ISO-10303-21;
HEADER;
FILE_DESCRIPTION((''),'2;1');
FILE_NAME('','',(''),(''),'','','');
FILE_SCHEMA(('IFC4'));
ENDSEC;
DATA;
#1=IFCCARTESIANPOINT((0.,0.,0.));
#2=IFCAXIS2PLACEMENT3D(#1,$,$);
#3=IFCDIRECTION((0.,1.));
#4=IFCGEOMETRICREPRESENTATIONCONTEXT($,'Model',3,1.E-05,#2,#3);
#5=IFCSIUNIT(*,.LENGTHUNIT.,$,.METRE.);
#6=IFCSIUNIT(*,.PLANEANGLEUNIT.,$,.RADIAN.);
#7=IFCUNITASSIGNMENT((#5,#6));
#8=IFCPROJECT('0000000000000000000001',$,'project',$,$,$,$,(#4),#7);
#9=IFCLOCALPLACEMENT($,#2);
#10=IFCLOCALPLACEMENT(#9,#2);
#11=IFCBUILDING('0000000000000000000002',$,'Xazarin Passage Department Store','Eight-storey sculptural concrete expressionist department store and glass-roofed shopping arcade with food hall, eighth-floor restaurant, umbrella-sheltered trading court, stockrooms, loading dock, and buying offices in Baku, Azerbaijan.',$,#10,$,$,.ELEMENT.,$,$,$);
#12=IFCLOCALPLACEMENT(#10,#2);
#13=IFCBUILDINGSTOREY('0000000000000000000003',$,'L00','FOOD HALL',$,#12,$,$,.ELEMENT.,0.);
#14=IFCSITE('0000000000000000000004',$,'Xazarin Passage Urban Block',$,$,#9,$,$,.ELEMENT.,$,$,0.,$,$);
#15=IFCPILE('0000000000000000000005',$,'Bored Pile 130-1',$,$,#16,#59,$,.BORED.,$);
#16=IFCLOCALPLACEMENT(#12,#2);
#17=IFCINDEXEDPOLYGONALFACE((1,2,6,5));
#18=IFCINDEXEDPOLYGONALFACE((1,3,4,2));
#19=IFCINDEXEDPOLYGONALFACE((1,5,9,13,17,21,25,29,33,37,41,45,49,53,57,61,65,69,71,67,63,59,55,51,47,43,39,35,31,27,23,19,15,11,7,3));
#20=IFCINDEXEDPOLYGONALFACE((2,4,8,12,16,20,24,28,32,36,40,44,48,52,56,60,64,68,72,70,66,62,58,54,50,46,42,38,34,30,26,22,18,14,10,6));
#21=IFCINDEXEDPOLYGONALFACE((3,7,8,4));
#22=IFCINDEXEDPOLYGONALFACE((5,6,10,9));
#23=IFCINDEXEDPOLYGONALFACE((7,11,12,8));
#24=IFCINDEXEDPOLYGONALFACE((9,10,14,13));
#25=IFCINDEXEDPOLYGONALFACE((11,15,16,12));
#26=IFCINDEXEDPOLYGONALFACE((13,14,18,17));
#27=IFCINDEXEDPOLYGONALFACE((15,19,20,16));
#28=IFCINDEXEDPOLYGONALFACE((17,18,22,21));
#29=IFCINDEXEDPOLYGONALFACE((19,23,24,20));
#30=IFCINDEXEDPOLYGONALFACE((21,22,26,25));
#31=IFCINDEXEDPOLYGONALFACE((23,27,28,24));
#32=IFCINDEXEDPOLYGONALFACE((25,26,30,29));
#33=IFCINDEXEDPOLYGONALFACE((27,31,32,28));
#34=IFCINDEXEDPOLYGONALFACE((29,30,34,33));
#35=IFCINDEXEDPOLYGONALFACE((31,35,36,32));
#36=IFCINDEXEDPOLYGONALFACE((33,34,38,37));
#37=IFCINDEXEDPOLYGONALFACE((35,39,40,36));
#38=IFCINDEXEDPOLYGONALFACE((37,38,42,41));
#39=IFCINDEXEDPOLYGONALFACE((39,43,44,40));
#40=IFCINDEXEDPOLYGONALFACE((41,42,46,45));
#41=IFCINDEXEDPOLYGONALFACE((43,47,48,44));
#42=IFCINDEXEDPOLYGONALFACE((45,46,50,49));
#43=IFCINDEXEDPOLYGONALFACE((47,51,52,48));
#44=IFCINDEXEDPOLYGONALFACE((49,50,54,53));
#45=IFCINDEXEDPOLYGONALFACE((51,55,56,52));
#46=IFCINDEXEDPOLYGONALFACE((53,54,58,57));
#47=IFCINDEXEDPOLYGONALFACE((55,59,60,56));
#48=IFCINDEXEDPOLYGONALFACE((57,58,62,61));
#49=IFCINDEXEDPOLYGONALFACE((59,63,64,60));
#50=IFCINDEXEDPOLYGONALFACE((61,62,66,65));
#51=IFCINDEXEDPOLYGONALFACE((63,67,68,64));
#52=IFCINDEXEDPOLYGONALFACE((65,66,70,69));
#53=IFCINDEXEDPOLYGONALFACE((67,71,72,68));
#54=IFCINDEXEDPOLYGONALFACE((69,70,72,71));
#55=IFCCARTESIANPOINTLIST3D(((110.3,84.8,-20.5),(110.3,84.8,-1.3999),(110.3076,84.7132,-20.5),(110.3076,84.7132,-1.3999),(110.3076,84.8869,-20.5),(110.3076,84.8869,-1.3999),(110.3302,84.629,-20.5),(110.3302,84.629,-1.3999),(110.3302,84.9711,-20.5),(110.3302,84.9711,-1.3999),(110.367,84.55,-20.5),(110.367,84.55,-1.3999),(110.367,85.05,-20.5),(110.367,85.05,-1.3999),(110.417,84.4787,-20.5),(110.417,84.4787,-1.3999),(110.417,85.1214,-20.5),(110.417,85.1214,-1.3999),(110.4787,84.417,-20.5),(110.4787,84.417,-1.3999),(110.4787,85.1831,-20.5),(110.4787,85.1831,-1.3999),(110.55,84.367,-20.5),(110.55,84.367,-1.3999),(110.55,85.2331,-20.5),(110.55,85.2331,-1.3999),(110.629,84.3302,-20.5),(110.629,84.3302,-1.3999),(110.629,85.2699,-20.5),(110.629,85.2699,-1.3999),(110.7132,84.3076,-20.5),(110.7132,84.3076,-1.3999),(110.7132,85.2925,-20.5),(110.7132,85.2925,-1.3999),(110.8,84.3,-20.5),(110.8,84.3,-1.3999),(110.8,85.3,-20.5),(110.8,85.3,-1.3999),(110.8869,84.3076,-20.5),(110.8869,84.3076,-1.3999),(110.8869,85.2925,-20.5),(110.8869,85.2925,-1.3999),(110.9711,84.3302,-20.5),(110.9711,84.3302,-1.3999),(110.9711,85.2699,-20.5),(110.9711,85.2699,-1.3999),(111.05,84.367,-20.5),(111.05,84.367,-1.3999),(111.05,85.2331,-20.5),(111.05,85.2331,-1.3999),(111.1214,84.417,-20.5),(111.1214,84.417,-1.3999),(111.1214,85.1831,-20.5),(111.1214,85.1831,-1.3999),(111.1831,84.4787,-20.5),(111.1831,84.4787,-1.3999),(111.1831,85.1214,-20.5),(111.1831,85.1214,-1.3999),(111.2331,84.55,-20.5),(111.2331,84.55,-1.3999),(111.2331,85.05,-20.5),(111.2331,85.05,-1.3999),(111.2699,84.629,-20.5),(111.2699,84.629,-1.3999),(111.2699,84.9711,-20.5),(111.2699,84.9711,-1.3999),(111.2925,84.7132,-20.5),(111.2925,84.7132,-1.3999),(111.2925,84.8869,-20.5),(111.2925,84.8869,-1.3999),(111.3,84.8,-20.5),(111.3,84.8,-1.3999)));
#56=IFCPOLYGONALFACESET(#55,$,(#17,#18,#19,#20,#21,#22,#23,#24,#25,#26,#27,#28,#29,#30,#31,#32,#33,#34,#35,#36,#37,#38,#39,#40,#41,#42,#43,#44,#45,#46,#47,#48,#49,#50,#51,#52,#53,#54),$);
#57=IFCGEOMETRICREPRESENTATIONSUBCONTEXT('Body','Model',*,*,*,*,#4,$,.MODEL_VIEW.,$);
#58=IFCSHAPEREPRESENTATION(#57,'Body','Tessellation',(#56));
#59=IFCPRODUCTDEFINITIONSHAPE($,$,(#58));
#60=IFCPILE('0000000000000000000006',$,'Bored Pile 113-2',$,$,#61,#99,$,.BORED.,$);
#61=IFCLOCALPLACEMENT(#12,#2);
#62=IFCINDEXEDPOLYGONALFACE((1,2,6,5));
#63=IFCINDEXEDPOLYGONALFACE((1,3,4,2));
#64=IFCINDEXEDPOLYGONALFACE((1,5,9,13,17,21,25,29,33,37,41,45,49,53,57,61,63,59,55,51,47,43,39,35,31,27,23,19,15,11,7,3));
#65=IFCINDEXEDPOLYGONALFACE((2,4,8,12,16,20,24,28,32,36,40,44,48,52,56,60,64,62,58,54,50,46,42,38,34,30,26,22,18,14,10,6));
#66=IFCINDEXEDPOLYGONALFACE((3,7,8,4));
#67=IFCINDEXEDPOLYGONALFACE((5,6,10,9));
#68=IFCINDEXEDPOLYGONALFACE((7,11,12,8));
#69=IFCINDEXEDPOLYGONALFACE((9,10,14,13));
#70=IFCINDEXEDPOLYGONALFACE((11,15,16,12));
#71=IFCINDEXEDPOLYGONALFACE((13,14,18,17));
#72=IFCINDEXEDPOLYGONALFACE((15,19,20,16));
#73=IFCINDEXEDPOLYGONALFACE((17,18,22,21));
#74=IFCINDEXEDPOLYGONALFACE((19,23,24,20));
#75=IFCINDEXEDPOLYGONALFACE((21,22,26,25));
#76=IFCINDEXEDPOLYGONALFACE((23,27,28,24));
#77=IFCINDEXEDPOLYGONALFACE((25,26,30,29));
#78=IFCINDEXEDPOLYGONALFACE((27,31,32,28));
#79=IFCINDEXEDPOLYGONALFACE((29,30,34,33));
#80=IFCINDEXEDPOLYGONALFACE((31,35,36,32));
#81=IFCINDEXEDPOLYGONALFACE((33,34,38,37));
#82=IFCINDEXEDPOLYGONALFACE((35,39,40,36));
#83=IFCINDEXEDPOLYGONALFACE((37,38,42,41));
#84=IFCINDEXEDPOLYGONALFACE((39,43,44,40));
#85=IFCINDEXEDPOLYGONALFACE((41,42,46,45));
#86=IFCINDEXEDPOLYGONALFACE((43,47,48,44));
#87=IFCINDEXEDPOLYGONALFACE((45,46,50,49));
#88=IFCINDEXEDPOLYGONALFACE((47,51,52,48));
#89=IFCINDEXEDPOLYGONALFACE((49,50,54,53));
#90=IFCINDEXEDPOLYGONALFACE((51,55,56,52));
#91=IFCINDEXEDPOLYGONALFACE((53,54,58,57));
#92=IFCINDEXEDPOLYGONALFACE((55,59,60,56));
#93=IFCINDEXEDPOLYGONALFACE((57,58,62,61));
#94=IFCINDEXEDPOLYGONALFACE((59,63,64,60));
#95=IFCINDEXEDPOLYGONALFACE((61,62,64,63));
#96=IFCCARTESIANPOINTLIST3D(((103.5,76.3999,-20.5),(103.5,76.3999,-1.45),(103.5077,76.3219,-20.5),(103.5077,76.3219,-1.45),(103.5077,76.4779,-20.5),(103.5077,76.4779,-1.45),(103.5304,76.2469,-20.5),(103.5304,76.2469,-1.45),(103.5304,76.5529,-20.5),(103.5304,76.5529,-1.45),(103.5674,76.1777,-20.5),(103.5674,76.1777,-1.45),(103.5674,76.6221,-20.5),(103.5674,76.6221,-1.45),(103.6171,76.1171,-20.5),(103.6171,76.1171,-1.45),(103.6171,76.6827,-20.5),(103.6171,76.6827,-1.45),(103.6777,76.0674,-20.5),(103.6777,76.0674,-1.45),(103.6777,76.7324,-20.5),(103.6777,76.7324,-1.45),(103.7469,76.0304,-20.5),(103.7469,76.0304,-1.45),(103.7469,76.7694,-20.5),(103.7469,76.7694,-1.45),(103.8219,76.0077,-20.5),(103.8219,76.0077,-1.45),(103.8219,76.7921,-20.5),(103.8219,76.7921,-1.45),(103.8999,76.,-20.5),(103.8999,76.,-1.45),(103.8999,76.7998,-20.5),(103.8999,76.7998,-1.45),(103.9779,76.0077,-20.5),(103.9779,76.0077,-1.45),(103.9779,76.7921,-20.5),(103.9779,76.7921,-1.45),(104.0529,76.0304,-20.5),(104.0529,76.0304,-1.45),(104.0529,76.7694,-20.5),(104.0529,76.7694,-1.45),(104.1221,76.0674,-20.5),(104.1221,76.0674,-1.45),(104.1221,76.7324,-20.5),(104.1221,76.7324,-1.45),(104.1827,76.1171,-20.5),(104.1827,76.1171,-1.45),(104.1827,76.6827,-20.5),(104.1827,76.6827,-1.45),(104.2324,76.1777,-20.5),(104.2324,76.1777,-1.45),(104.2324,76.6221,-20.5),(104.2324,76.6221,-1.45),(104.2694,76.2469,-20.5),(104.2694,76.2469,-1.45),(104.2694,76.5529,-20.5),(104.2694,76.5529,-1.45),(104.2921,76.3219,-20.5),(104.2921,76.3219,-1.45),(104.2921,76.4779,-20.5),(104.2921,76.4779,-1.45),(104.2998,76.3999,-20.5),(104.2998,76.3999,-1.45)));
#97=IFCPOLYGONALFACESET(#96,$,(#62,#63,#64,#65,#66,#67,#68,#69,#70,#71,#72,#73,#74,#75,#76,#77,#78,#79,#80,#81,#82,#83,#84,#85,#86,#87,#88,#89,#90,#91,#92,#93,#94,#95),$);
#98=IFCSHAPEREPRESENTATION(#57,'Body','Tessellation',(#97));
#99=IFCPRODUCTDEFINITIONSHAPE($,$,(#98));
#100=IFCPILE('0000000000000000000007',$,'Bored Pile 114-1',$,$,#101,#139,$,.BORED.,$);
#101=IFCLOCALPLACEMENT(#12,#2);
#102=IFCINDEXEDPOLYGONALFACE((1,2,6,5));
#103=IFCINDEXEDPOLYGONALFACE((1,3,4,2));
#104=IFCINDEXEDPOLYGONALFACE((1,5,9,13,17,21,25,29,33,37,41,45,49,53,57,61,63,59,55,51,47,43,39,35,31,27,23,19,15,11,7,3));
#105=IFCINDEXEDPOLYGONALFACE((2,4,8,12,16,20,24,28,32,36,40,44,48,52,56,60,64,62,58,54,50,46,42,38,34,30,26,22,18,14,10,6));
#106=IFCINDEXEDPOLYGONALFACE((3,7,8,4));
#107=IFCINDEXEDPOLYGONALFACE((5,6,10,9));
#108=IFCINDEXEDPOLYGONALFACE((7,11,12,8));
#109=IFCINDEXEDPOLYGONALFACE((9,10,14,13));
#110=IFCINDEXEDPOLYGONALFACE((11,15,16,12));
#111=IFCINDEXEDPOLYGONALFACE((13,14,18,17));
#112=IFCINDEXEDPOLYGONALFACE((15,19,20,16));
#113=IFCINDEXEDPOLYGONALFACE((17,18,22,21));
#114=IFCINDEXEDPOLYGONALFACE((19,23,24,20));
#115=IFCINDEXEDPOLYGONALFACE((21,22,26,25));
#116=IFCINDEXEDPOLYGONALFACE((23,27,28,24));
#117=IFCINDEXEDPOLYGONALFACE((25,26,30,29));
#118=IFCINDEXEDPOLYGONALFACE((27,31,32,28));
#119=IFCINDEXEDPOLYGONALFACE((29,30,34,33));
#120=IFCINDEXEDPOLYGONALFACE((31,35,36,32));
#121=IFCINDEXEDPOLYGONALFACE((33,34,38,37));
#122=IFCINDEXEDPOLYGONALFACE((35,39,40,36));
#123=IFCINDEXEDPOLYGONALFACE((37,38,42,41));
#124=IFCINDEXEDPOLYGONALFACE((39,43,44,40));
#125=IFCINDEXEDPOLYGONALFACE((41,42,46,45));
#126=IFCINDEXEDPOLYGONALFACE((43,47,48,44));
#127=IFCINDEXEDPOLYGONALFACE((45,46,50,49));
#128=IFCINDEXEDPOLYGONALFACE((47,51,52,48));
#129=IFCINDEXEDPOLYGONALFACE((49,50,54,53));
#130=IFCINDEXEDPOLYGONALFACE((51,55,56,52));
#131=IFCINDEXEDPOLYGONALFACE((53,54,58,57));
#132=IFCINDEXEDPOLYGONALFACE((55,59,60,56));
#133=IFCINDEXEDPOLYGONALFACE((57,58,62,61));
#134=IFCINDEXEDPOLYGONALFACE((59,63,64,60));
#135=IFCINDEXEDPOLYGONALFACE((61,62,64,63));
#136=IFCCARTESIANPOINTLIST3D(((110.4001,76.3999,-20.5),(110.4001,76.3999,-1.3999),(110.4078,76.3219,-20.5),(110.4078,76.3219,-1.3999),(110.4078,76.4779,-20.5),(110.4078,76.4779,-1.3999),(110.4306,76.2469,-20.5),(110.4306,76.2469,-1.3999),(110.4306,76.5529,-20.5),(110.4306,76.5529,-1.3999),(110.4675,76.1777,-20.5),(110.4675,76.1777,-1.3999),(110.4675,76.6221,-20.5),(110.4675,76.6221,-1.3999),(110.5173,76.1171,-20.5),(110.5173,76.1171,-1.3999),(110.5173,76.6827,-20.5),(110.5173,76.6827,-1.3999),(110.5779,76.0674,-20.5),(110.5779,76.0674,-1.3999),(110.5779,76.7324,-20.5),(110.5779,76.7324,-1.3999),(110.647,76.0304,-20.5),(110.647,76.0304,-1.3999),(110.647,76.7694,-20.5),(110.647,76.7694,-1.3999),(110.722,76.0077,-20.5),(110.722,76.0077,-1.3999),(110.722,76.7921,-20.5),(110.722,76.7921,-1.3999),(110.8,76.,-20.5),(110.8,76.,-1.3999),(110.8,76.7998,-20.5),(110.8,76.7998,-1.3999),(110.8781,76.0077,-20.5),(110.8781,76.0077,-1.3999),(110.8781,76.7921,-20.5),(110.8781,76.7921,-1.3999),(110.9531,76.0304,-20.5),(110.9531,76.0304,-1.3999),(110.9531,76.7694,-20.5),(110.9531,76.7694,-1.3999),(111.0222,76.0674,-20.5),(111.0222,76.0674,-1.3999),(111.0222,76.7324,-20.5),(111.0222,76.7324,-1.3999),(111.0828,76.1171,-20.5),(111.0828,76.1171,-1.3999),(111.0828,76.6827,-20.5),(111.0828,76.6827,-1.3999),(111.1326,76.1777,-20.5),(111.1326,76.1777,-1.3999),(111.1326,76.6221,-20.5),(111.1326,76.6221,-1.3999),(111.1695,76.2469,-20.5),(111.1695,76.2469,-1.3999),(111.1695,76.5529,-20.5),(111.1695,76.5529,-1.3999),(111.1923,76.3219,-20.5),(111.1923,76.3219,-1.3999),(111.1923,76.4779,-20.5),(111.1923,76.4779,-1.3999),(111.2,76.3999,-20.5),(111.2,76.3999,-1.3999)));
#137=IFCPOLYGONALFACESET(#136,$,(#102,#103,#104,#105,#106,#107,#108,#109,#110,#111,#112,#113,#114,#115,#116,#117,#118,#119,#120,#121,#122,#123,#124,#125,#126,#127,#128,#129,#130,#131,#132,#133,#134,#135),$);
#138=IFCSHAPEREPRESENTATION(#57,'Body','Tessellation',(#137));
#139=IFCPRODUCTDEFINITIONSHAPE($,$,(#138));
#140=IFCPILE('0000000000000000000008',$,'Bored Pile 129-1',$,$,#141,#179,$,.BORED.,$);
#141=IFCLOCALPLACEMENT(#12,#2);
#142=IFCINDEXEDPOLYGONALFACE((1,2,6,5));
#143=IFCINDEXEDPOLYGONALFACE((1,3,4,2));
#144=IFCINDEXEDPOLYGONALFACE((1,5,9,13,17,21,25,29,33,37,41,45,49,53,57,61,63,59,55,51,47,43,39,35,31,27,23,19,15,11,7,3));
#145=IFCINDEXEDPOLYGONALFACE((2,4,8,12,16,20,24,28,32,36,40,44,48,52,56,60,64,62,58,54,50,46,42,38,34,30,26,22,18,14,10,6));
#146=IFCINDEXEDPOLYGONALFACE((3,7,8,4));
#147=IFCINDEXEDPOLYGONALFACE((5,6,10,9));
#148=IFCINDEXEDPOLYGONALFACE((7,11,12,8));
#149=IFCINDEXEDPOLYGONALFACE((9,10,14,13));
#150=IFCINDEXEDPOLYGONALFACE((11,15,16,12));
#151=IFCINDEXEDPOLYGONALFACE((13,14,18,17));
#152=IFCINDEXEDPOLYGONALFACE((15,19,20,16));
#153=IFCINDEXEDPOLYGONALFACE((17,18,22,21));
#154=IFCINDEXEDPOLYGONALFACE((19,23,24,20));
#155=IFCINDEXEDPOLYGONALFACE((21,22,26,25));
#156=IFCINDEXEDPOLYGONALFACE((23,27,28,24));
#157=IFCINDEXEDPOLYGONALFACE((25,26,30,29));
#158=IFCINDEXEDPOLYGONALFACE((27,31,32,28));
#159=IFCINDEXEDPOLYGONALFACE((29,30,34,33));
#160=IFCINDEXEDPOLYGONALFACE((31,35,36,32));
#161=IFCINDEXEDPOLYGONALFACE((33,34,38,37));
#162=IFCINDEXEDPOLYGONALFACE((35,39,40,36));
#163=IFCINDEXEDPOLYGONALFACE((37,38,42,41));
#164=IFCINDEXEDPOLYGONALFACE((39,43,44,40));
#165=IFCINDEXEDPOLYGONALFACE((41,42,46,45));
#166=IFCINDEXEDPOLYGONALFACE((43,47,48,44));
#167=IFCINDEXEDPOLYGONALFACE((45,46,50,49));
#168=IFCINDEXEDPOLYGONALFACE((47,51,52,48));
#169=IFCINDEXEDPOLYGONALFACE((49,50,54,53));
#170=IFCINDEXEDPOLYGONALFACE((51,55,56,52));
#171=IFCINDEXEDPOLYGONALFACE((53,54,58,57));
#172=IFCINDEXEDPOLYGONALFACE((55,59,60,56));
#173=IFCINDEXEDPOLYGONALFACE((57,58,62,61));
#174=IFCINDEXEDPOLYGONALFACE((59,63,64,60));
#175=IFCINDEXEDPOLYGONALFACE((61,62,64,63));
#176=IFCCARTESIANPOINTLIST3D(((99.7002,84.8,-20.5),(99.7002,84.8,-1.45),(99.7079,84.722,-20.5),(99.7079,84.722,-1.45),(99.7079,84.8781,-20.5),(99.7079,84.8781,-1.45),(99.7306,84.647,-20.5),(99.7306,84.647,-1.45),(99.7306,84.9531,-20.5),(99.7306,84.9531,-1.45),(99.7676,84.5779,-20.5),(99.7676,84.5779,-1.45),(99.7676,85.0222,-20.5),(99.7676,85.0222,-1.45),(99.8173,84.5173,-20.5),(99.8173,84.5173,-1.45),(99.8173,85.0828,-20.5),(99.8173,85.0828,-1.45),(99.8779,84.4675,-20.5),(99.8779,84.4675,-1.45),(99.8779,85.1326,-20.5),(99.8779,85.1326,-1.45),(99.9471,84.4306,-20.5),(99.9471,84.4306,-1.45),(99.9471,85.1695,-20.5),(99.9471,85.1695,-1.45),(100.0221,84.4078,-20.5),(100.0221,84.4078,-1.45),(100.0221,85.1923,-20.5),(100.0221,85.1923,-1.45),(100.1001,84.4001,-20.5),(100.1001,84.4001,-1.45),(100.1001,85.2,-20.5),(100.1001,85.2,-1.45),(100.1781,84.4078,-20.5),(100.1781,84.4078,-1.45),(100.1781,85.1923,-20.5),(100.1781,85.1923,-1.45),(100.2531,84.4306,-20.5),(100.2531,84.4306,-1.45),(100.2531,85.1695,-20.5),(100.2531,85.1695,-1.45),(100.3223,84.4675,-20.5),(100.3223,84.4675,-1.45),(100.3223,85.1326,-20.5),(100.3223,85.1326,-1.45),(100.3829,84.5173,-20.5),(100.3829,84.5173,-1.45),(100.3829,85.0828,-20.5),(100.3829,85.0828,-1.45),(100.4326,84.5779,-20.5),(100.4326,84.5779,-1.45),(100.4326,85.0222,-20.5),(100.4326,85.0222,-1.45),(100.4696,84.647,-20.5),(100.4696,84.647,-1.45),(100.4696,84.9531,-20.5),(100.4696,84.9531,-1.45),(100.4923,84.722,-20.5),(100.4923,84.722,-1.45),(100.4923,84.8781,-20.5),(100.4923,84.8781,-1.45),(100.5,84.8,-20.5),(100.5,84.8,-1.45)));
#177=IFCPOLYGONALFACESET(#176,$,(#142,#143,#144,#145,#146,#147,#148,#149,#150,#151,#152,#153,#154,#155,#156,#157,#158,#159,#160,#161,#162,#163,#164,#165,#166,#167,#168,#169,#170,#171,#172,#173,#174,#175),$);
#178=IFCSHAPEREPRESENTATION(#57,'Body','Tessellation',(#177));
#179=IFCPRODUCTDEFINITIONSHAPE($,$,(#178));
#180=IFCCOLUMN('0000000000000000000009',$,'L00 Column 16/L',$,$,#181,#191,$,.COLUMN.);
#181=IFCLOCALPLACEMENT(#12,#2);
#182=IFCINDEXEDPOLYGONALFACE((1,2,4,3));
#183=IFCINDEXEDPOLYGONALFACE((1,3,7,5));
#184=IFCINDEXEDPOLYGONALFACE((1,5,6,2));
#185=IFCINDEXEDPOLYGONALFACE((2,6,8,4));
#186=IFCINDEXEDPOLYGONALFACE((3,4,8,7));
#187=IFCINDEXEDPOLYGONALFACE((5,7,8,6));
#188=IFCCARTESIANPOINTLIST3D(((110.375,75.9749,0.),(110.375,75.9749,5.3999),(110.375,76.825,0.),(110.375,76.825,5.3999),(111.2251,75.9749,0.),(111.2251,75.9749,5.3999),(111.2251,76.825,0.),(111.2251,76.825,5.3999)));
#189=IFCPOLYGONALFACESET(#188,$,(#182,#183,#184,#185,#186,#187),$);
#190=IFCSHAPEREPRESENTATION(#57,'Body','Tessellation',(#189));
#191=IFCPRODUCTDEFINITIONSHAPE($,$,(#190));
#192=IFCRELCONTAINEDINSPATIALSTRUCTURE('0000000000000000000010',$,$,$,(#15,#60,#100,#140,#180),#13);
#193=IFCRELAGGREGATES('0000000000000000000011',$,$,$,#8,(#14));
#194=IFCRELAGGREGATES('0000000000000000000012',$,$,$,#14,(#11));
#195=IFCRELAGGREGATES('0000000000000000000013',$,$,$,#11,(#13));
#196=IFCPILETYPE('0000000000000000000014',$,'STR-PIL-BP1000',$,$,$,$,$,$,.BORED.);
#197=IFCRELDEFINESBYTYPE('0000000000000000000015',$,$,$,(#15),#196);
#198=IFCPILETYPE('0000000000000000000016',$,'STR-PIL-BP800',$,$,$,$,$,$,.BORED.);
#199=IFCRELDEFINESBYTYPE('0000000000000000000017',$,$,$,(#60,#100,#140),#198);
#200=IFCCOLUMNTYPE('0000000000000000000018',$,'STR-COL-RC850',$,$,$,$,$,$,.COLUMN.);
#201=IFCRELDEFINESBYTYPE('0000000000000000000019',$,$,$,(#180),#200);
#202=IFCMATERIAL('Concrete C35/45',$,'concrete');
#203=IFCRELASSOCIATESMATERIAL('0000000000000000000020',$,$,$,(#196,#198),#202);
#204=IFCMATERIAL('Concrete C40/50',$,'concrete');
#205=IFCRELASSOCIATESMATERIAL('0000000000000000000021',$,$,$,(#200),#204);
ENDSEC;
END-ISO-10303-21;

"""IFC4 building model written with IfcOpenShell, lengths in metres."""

from ifc_helpers import new_model, si_unit, direction, frame, origin, origin_2d, place, context, subcontext, project, spatial, rectangle, circle, extrude, material, material_profile, profile_set, type_object, element, save


model = new_model("IFC4")

# Units and contexts
model_context = context("Model", 3, precision=1e-05, world=origin(), true_north=direction((0.0, 1.0)))
body_context = subcontext(model_context, "Body", "Model", "MODEL_VIEW")
ifc_project = project(units=[si_unit("LENGTHUNIT", "METRE"), si_unit("PLANEANGLEUNIT", "RADIAN")], contexts=[model_context])

# Site, building, storey
site_placement = place(None, origin())
site = spatial("IfcSite", under=ifc_project, at=site_placement, Name="Xazarin Passage Urban Block", CompositionType="ELEMENT", RefElevation=0.0)
building_placement = place(site_placement, origin())
building = spatial("IfcBuilding", under=site, at=building_placement, Name="Xazarin Passage Department Store", Description="Eight-storey sculptural concrete expressionist department store and glass-roofed shopping arcade with food hall, eighth-floor restaurant, umbrella-sheltered trading court, stockrooms, loading dock, and buying offices in Baku, Azerbaijan.", CompositionType="ELEMENT")
storey_placement = place(building_placement, origin())
storey = spatial("IfcBuildingStorey", under=building, at=storey_placement, Name="L00", Description="FOOD HALL", CompositionType="ELEMENT", Elevation=0.0)

# Shared definitions
ifc_material_1 = material(Name="Concrete C35/45", Category="concrete")

# Piles
ifc_material_profile_1 = material_profile(ifc_material_1, circle(Radius=0.5, at=origin_2d()), Name="BP 1000")
ifc_profile_set_1 = profile_set([ifc_material_profile_1], Name="Concrete C35/45")
pile_type_1 = type_object("IfcPileType", Name="STR-PIL-BP1000", PredefinedType="BORED", material=ifc_profile_set_1)
pile_1_placement = place(storey_placement, frame((110.8, 84.8, -1.3999), z_axis=(0.0, 0.0, -1.0), x_axis=(1.0, 0.0, 0.0)))
element("IfcPile", 1, at=pile_1_placement, inside=storey, type_object=pile_type_1, Name="Bored Pile 130-1", PredefinedType="BORED", context=body_context, shape_type="SweptSolid", body=[
    extrude(circle(Radius=0.5, at=origin_2d()), origin(), (0.0, 0.0, 1.0), 19.1001),
])
ifc_material_profile_2 = material_profile(ifc_material_1, circle(Radius=0.3999, at=origin_2d()), Name="BP 800")
ifc_profile_set_2 = profile_set([ifc_material_profile_2], Name="Concrete C35/45")
pile_type_2 = type_object("IfcPileType", Name="STR-PIL-BP800", PredefinedType="BORED", material=ifc_profile_set_2)
pile_2_placement = place(storey_placement, frame((103.8999, 76.3999, -1.45), z_axis=(0.0, 0.0, -1.0), x_axis=(1.0, 0.0, 0.0)))
element("IfcPile", 2, at=pile_2_placement, inside=storey, type_object=pile_type_2, Name="Bored Pile 113-2", PredefinedType="BORED", context=body_context, shape_type="SweptSolid", body=[
    extrude(circle(Radius=0.3999, at=origin_2d()), origin(), (0.0, 0.0, 1.0), 19.05),
])
pile_3_placement = place(storey_placement, frame((110.8, 76.3999, -1.3999), z_axis=(0.0, 0.0, -1.0), x_axis=(1.0, 0.0, 0.0)))
element("IfcPile", 3, at=pile_3_placement, inside=storey, type_object=pile_type_2, Name="Bored Pile 114-1", PredefinedType="BORED", context=body_context, shape_type="SweptSolid", body=[
    extrude(circle(Radius=0.3999, at=origin_2d()), origin(), (0.0, 0.0, 1.0), 19.1001),
])
pile_4_placement = place(storey_placement, frame((100.1001, 84.8, -1.45), z_axis=(0.0, 0.0, -1.0), x_axis=(1.0, 0.0, 0.0)))
element("IfcPile", 4, at=pile_4_placement, inside=storey, type_object=pile_type_2, Name="Bored Pile 129-1", PredefinedType="BORED", context=body_context, shape_type="SweptSolid", body=[
    extrude(circle(Radius=0.3999, at=origin_2d()), origin(), (0.0, 0.0, 1.0), 19.05),
])

# Column
ifc_material_2 = material(Name="Concrete C40/50", Category="concrete")
ifc_material_profile_3 = material_profile(ifc_material_2, rectangle(XDim=0.8501, YDim=0.8501, at=origin_2d()), Name="RC 850x850")
ifc_profile_set_3 = profile_set([ifc_material_profile_3], Name="Concrete C40/50")
column_type_1 = type_object("IfcColumnType", Name="STR-COL-RC850", PredefinedType="COLUMN", material=ifc_profile_set_3)
for number, where, z_axis, x_axis, name in (
    (5, (110.8, 76.3999, 0.0), (0.0, 0.0, 1.0), (1.0, 0.0, 0.0), "L00 Column 16/L"),
):
    element("IfcColumn", number, at=place(storey_placement, frame(where, z_axis=z_axis, x_axis=x_axis)), inside=storey, type_object=column_type_1, Name=name, PredefinedType="COLUMN", context=body_context, shape_type="SweptSolid", body=[
        extrude(rectangle(XDim=0.8501, YDim=0.8501, at=origin_2d()), origin(), (0.0, 0.0, 1.0), 5.3999),
    ])

save(model, "model.ifc")
